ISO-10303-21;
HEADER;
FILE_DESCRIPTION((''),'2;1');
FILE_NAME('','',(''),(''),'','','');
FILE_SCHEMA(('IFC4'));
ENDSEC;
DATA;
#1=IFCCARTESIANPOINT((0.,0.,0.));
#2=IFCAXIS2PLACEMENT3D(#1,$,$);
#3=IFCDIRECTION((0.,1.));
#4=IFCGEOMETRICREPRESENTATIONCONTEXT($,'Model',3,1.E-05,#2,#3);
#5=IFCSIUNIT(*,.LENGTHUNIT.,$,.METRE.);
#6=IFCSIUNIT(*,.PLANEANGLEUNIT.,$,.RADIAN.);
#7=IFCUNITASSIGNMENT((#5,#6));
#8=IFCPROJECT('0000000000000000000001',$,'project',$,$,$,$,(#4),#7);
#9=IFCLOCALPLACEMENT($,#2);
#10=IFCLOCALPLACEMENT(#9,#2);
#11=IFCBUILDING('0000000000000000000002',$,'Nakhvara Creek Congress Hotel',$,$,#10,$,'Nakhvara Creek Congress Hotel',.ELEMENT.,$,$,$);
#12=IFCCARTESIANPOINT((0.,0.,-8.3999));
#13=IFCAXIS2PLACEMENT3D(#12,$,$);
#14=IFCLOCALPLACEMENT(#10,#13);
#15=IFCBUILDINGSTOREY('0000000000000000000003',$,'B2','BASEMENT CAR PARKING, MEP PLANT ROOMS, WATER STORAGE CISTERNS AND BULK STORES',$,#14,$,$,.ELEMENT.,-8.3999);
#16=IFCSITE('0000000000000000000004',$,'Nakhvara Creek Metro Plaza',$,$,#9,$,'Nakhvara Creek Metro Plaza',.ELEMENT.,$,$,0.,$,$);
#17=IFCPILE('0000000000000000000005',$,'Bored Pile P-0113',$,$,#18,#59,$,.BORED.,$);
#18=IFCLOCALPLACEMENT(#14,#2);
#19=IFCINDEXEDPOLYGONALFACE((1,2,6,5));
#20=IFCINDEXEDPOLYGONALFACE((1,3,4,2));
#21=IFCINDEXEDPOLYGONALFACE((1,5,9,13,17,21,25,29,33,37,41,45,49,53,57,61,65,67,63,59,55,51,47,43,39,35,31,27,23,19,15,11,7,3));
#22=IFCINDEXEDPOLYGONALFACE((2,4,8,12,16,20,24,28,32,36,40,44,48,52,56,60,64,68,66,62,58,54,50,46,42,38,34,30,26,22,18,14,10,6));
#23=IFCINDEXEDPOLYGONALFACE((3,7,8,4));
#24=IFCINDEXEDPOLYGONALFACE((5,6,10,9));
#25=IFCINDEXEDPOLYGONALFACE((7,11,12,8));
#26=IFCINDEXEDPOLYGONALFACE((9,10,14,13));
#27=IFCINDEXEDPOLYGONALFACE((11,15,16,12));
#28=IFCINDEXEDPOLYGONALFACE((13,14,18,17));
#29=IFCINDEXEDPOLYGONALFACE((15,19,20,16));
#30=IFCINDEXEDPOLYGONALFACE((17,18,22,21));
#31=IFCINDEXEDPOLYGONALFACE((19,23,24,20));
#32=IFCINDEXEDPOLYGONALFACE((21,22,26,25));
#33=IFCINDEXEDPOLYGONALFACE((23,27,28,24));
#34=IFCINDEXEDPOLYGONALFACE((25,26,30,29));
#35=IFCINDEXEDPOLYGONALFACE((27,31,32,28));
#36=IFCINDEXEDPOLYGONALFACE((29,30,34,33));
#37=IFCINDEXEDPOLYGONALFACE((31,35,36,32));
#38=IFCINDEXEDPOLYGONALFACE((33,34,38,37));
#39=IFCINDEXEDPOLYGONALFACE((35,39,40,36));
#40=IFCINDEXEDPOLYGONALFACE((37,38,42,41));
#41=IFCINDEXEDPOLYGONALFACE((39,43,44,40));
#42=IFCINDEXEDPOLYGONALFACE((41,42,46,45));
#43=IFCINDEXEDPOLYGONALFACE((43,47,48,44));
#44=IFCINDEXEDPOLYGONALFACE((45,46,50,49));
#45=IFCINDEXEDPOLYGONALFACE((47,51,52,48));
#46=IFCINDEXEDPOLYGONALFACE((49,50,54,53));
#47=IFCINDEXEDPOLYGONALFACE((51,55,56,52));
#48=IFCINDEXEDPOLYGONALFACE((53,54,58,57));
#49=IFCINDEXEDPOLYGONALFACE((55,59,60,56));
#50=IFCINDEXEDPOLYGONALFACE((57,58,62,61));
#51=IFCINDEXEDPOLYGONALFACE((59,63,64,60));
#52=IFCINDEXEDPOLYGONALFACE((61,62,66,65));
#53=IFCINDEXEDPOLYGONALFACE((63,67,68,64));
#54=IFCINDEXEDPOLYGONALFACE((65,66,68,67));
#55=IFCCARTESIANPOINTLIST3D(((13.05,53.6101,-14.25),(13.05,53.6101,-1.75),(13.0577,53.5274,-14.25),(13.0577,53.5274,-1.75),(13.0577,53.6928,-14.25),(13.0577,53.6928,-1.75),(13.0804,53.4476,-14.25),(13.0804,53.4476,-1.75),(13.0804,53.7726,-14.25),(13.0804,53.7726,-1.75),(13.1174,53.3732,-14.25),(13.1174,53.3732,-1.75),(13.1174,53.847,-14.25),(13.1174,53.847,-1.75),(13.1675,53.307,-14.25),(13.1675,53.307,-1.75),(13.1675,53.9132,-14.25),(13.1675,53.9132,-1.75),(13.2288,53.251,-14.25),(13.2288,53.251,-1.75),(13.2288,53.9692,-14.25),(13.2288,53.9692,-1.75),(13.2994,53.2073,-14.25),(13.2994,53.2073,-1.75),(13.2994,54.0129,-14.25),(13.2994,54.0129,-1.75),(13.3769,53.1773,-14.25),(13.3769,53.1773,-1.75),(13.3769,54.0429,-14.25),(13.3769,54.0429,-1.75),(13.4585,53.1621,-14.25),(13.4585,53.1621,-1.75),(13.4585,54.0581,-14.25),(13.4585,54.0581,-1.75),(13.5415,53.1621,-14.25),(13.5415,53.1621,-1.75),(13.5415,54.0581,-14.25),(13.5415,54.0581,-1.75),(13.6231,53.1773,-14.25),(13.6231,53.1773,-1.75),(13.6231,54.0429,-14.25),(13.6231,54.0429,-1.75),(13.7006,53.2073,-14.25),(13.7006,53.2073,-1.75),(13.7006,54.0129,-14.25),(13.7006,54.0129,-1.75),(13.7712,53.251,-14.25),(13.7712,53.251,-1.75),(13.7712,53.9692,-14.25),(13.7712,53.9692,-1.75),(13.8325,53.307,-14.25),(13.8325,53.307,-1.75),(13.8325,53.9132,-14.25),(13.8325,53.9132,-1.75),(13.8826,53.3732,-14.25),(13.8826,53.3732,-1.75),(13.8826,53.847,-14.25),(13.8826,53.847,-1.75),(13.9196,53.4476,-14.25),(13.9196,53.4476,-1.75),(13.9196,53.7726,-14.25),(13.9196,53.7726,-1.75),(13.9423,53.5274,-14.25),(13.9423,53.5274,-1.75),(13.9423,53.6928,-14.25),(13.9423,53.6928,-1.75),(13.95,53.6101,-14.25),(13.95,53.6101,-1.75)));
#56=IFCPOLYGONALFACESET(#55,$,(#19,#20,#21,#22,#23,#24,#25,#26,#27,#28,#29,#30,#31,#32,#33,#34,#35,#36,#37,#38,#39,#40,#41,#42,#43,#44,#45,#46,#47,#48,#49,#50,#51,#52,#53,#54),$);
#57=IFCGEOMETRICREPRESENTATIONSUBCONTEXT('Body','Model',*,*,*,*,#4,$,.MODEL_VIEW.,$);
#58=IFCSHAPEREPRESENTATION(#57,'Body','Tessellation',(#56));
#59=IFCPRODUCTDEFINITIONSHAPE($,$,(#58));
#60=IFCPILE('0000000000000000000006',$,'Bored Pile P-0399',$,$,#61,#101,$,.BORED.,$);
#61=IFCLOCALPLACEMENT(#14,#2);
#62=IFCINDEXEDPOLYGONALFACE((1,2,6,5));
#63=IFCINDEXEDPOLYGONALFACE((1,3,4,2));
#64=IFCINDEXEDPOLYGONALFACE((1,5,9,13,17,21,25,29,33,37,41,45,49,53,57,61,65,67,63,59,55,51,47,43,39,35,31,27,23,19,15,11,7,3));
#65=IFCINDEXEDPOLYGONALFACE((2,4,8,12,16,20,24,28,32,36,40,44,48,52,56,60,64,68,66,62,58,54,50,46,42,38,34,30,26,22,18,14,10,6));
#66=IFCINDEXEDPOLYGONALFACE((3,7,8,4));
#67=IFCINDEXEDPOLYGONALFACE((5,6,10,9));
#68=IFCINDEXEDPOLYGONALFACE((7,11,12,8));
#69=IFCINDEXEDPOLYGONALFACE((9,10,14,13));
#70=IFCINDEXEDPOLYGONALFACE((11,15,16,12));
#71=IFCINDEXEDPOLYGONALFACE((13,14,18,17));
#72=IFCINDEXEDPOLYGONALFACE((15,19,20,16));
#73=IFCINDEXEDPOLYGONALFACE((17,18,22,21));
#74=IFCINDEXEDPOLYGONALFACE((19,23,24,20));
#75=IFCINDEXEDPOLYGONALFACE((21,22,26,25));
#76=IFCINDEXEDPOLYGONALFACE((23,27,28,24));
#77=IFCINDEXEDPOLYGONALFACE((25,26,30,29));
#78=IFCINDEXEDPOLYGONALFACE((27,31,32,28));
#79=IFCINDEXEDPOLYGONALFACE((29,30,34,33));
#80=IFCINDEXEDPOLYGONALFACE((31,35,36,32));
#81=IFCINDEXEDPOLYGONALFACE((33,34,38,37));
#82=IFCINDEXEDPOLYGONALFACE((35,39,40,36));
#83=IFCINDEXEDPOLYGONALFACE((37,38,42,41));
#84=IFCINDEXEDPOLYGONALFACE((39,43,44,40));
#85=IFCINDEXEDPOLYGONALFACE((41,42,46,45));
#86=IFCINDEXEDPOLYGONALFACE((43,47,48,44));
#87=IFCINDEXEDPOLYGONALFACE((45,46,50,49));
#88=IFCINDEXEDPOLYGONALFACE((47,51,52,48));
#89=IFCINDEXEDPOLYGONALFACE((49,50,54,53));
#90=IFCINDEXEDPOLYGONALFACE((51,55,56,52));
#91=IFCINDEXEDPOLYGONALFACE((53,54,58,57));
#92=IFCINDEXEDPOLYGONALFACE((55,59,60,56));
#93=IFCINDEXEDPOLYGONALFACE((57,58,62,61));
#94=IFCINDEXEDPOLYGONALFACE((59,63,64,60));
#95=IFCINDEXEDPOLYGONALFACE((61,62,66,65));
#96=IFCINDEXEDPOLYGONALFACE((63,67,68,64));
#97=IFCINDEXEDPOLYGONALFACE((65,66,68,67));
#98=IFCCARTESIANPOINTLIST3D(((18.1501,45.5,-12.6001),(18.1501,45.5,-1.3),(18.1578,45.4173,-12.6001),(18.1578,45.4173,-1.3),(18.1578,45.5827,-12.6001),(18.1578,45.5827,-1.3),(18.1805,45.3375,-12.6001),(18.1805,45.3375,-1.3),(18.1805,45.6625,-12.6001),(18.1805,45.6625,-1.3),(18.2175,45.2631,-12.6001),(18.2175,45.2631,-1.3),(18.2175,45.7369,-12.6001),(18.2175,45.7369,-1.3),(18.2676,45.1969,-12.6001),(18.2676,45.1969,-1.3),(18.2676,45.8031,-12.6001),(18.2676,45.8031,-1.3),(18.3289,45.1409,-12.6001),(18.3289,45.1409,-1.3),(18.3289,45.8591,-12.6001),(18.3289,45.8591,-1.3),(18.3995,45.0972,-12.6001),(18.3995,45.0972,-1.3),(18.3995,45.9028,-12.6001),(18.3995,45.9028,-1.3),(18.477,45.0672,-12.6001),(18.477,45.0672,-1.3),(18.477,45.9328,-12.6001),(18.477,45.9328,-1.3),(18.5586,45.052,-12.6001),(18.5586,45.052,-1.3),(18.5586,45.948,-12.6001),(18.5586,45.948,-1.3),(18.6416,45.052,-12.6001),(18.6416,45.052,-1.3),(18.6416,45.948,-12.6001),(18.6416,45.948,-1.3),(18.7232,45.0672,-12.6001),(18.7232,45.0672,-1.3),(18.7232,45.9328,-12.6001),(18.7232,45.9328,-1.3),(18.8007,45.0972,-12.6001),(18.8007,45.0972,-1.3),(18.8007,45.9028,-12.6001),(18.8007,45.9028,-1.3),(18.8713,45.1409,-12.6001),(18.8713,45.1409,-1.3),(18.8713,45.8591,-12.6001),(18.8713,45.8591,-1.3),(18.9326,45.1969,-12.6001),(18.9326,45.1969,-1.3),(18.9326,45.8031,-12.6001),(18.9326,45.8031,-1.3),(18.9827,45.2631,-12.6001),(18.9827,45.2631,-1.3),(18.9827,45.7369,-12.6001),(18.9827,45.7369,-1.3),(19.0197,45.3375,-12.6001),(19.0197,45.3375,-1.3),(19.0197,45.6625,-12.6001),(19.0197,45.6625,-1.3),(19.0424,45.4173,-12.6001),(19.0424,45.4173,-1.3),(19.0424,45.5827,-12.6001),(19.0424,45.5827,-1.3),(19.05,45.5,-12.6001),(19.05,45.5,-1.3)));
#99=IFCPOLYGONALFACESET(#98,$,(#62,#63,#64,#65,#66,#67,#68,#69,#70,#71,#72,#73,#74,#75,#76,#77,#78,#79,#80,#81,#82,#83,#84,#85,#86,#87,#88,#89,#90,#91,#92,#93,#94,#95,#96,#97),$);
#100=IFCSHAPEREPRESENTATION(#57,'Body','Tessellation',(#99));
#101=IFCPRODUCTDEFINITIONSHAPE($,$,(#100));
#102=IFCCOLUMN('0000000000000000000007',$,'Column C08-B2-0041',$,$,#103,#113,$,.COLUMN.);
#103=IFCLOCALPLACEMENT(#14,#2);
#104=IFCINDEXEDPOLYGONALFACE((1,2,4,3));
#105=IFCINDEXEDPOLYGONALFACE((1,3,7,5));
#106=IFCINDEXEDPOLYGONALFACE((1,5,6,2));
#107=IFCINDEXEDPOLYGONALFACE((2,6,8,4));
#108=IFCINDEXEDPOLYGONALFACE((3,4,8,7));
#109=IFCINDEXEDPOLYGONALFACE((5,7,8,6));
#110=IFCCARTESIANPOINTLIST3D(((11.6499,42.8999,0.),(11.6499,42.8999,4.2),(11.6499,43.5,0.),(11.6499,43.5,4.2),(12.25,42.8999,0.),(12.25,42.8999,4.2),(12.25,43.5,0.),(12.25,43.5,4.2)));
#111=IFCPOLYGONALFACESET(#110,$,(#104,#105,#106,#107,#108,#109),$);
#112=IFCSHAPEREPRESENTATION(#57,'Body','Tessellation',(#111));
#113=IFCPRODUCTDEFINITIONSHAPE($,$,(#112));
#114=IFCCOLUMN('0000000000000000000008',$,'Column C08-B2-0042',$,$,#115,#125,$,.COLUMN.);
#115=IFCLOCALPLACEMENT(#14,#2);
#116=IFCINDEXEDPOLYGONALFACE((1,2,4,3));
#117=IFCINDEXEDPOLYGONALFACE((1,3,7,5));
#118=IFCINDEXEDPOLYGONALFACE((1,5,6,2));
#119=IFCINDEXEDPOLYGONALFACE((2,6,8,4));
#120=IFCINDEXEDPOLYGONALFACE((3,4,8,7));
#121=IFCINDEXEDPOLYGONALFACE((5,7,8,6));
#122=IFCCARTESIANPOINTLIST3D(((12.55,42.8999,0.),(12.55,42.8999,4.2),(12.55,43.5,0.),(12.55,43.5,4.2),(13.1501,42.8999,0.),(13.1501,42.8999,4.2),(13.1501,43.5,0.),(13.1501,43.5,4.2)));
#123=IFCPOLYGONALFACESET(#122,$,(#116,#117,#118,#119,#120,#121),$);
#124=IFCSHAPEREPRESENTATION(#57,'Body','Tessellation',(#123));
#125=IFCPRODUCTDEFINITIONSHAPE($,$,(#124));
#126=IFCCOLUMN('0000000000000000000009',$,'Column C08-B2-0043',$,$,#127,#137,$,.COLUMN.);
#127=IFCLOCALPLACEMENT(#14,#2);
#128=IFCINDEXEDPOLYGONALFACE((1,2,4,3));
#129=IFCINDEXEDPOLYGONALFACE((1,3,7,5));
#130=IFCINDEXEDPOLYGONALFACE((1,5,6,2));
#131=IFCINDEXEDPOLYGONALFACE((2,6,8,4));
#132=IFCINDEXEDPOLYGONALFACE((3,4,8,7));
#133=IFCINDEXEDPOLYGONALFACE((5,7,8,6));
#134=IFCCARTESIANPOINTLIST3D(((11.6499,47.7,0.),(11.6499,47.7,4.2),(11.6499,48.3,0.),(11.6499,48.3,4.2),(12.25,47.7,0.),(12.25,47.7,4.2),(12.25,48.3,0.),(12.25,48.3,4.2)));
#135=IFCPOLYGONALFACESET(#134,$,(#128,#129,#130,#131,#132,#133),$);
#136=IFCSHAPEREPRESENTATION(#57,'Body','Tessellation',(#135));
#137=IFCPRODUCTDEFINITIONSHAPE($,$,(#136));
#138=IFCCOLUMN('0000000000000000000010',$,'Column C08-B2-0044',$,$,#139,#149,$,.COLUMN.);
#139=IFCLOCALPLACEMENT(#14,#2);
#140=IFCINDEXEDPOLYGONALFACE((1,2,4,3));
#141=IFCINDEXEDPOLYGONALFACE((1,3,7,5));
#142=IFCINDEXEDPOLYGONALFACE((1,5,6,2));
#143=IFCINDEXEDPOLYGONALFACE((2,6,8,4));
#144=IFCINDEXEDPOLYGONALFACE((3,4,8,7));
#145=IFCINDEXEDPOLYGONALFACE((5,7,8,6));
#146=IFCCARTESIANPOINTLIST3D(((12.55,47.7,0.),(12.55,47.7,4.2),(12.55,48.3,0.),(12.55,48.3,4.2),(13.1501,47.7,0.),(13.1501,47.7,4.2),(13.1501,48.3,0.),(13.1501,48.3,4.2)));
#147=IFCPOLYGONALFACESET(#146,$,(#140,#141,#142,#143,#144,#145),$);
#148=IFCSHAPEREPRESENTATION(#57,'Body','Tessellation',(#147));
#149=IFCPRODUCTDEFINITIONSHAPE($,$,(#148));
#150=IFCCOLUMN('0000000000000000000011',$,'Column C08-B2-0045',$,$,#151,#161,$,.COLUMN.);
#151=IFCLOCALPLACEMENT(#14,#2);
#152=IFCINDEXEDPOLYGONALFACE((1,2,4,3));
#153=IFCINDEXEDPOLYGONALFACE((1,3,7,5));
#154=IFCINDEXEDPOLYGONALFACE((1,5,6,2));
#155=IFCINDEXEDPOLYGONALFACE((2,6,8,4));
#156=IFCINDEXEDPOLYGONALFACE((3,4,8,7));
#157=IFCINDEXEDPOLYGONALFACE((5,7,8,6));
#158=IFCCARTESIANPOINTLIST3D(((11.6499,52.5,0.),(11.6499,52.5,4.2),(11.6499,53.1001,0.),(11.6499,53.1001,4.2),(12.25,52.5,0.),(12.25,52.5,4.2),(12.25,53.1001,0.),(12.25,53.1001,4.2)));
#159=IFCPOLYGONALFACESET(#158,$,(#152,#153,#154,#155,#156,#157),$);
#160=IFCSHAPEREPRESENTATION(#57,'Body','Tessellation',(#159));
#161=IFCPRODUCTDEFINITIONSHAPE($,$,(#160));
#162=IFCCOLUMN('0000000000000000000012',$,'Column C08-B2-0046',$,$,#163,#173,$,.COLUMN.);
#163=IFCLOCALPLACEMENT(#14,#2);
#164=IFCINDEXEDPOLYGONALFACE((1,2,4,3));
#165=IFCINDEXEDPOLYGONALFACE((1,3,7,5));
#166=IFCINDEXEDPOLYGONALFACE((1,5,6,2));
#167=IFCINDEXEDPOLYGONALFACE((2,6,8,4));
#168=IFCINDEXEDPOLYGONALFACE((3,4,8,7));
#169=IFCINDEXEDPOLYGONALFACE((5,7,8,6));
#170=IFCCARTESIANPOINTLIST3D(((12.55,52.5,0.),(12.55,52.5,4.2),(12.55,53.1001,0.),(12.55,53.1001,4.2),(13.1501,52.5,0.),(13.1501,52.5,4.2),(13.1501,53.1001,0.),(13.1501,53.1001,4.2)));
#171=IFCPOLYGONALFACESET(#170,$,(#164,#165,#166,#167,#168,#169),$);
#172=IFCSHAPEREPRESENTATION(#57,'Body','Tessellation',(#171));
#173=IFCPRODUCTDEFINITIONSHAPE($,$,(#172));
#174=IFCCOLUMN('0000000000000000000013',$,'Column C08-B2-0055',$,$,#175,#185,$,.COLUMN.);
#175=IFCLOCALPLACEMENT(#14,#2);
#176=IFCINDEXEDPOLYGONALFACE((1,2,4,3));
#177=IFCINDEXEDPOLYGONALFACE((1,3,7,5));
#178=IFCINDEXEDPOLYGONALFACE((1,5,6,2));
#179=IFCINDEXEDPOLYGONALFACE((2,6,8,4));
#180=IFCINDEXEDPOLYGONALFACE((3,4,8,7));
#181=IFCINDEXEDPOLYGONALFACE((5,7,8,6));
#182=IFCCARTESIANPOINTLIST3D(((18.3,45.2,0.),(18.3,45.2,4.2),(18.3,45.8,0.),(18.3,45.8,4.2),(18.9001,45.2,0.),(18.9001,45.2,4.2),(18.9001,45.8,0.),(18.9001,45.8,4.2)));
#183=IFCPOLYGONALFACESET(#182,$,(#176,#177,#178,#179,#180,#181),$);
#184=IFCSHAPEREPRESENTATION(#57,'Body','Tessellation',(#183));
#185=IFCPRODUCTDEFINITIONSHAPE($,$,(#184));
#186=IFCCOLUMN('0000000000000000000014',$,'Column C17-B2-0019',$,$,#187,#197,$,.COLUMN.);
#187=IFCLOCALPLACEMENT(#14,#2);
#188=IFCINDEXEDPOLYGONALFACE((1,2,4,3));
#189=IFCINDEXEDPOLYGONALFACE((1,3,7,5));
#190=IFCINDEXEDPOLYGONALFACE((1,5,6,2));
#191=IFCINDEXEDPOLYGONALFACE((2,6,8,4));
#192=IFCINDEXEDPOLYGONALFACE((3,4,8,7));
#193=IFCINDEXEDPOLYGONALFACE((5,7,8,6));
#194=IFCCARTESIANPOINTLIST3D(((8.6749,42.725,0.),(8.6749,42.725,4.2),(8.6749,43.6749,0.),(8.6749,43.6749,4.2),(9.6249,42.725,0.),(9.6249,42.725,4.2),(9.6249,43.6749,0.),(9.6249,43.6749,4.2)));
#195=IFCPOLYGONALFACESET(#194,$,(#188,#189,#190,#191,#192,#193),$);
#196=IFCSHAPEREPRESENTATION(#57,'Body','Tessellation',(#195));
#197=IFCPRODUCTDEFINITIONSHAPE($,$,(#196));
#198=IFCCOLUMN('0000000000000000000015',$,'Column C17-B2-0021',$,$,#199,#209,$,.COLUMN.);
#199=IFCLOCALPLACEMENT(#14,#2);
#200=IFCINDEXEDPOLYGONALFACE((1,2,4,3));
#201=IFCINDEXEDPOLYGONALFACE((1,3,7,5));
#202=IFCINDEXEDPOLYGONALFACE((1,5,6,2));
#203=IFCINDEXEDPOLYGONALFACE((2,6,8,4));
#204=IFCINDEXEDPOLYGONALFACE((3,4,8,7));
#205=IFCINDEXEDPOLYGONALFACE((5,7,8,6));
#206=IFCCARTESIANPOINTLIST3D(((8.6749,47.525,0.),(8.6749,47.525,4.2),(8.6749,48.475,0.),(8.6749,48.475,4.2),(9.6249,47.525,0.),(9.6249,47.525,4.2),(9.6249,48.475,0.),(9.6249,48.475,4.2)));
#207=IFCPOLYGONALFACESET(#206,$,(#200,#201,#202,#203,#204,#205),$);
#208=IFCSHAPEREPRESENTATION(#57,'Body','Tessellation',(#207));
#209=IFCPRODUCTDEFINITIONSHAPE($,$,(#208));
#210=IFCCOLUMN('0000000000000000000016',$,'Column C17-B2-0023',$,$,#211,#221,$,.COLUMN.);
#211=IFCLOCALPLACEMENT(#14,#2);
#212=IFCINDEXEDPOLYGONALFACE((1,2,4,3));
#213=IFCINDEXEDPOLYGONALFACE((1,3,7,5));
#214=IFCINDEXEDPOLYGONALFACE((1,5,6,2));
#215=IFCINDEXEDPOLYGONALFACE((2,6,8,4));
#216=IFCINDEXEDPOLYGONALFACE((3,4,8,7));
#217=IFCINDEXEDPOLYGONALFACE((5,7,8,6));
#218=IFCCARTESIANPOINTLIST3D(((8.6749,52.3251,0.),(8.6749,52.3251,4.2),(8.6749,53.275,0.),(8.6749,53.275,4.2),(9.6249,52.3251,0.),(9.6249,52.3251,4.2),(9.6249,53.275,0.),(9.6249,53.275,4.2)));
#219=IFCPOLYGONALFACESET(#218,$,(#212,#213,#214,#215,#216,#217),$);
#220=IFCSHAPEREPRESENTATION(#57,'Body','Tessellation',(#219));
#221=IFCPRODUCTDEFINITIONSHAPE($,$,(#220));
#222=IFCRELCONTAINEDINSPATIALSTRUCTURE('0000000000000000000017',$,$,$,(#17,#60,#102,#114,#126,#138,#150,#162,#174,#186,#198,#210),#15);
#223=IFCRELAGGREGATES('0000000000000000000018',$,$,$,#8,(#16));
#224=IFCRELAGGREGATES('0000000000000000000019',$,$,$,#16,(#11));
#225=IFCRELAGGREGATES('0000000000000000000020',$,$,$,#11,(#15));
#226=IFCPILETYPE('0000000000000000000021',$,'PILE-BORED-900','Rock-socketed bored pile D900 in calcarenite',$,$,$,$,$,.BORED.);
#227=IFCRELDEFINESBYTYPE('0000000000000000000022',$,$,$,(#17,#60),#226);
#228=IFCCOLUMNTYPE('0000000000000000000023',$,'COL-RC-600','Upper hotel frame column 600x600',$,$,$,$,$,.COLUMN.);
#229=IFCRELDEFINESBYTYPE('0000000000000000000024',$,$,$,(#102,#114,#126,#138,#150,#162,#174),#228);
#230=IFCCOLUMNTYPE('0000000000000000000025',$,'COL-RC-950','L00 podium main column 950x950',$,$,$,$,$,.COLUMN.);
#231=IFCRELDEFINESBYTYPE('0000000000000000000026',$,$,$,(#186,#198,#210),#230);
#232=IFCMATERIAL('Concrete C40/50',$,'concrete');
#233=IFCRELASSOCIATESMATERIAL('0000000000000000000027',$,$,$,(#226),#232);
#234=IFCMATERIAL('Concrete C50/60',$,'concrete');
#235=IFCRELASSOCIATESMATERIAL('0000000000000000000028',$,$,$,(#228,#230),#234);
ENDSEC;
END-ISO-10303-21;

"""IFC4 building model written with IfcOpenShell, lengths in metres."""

from ifc_helpers import new_model, si_unit, direction, frame, origin, origin_2d, place, context, subcontext, project, spatial, rectangle, circle, extrude, material, material_profile, profile_set, type_object, element, save


model = new_model("IFC4")

# Units and contexts
model_context = context("Model", 3, precision=1e-05, world=origin(), true_north=direction((0.0, 1.0)))
body_context = subcontext(model_context, "Body", "Model", "MODEL_VIEW")
ifc_project = project(units=[si_unit("LENGTHUNIT", "METRE"), si_unit("PLANEANGLEUNIT", "RADIAN")], contexts=[model_context])

# Site, building, storey
site_placement = place(None, origin())
site = spatial("IfcSite", under=ifc_project, at=site_placement, Name="Nakhvara Creek Metro Plaza", LongName="Nakhvara Creek Metro Plaza", CompositionType="ELEMENT", RefElevation=0.0)
building_placement = place(site_placement, origin())
building = spatial("IfcBuilding", under=site, at=building_placement, Name="Nakhvara Creek Congress Hotel", LongName="Nakhvara Creek Congress Hotel", CompositionType="ELEMENT")
storey_placement = place(building_placement, frame((0.0, 0.0, -8.3999)))
storey = spatial("IfcBuildingStorey", under=building, at=storey_placement, Name="B2", Description="BASEMENT CAR PARKING, MEP PLANT ROOMS, WATER STORAGE CISTERNS AND BULK STORES", CompositionType="ELEMENT", Elevation=-8.3999)

# Shared definitions
ifc_material_1 = material(Name="Concrete C40/50", Category="concrete")

# Piles
ifc_material_profile_1 = material_profile(ifc_material_1, circle(Radius=0.45, at=origin_2d()), Name="BORED PILE D900", Category="LoadBearing")
ifc_profile_set_1 = profile_set([ifc_material_profile_1], Name="Concrete C40/50")
pile_type = type_object("IfcPileType", Name="PILE-BORED-900", Description="Rock-socketed bored pile D900 in calcarenite", PredefinedType="BORED", material=ifc_profile_set_1)
for number, where, z_axis, x_axis, name in (
    (1, (13.5, 53.6101, -1.75), (0.0, 0.0, -1.0), (1.0, 0.0, 0.0), "Bored Pile P-0113"),
):
    element("IfcPile", number, at=place(storey_placement, frame(where, z_axis=z_axis, x_axis=x_axis)), inside=storey, type_object=pile_type, Name=name, PredefinedType="BORED", context=body_context, shape_type="SweptSolid", body=[
        extrude(circle(Radius=0.45, at=origin_2d()), origin(), (0.0, 0.0, 1.0), 12.5),
    ])
pile_placement = place(storey_placement, frame((18.6001, 45.5, -1.3), z_axis=(0.0, 0.0, -1.0), x_axis=(1.0, 0.0, 0.0)))
element("IfcPile", 2, at=pile_placement, inside=storey, type_object=pile_type, Name="Bored Pile P-0399", PredefinedType="BORED", context=body_context, shape_type="SweptSolid", body=[
    extrude(circle(Radius=0.45, at=origin_2d()), origin(), (0.0, 0.0, 1.0), 11.3),
])

# Columns
ifc_material_2 = material(Name="Concrete C50/60", Category="concrete")
ifc_material_profile_2 = material_profile(ifc_material_2, rectangle(XDim=0.6001, YDim=0.6001, at=origin_2d()), Name="RC-COL 600x600", Category="LoadBearing")
ifc_profile_set_2 = profile_set([ifc_material_profile_2], Name="Concrete C50/60")
column_type_1 = type_object("IfcColumnType", Name="COL-RC-600", Description="Upper hotel frame column 600x600", PredefinedType="COLUMN", material=ifc_profile_set_2)
for number, where, z_axis, x_axis, name in (
    (3, (11.95, 43.2, 0.0), (0.0, 0.0, 1.0), (1.0, 0.0, 0.0), "Column C08-B2-0041"),
    (4, (12.8501, 43.2, 0.0), (0.0, 0.0, 1.0), (1.0, 0.0, 0.0), "Column C08-B2-0042"),
    (5, (11.95, 48.0, 0.0), (0.0, 0.0, 1.0), (1.0, 0.0, 0.0), "Column C08-B2-0043"),
    (6, (12.8501, 48.0, 0.0), (0.0, 0.0, 1.0), (1.0, 0.0, 0.0), "Column C08-B2-0044"),
    (7, (11.95, 52.8, 0.0), (0.0, 0.0, 1.0), (1.0, 0.0, 0.0), "Column C08-B2-0045"),
    (8, (12.8501, 52.8, 0.0), (0.0, 0.0, 1.0), (1.0, 0.0, 0.0), "Column C08-B2-0046"),
    (9, (18.6001, 45.5, 0.0), (0.0, 0.0, 1.0), (1.0, 0.0, 0.0), "Column C08-B2-0055"),
):
    element("IfcColumn", number, at=place(storey_placement, frame(where, z_axis=z_axis, x_axis=x_axis)), inside=storey, type_object=column_type_1, Name=name, PredefinedType="COLUMN", context=body_context, shape_type="SweptSolid", body=[
        extrude(rectangle(XDim=0.6001, YDim=0.6001, at=origin_2d()), origin(), (0.0, 0.0, 1.0), 4.2),
    ])
ifc_material_profile_3 = material_profile(ifc_material_2, rectangle(XDim=0.95, YDim=0.95, at=origin_2d()), Name="RC-COL 950x950", Category="LoadBearing")
ifc_profile_set_3 = profile_set([ifc_material_profile_3], Name="Concrete C50/60")
column_type_2 = type_object("IfcColumnType", Name="COL-RC-950", Description="L00 podium main column 950x950", PredefinedType="COLUMN", material=ifc_profile_set_3)
for number, where, z_axis, x_axis, name in (
    (10, (9.1499, 43.2, 0.0), (0.0, 0.0, 1.0), (1.0, 0.0, 0.0), "Column C17-B2-0019"),
    (11, (9.1499, 48.0, 0.0), (0.0, 0.0, 1.0), (1.0, 0.0, 0.0), "Column C17-B2-0021"),
    (12, (9.1499, 52.8, 0.0), (0.0, 0.0, 1.0), (1.0, 0.0, 0.0), "Column C17-B2-0023"),
):
    element("IfcColumn", number, at=place(storey_placement, frame(where, z_axis=z_axis, x_axis=x_axis)), inside=storey, type_object=column_type_2, Name=name, PredefinedType="COLUMN", context=body_context, shape_type="SweptSolid", body=[
        extrude(rectangle(XDim=0.95, YDim=0.95, at=origin_2d()), origin(), (0.0, 0.0, 1.0), 4.2),
    ])

save(model, "model.ifc")
